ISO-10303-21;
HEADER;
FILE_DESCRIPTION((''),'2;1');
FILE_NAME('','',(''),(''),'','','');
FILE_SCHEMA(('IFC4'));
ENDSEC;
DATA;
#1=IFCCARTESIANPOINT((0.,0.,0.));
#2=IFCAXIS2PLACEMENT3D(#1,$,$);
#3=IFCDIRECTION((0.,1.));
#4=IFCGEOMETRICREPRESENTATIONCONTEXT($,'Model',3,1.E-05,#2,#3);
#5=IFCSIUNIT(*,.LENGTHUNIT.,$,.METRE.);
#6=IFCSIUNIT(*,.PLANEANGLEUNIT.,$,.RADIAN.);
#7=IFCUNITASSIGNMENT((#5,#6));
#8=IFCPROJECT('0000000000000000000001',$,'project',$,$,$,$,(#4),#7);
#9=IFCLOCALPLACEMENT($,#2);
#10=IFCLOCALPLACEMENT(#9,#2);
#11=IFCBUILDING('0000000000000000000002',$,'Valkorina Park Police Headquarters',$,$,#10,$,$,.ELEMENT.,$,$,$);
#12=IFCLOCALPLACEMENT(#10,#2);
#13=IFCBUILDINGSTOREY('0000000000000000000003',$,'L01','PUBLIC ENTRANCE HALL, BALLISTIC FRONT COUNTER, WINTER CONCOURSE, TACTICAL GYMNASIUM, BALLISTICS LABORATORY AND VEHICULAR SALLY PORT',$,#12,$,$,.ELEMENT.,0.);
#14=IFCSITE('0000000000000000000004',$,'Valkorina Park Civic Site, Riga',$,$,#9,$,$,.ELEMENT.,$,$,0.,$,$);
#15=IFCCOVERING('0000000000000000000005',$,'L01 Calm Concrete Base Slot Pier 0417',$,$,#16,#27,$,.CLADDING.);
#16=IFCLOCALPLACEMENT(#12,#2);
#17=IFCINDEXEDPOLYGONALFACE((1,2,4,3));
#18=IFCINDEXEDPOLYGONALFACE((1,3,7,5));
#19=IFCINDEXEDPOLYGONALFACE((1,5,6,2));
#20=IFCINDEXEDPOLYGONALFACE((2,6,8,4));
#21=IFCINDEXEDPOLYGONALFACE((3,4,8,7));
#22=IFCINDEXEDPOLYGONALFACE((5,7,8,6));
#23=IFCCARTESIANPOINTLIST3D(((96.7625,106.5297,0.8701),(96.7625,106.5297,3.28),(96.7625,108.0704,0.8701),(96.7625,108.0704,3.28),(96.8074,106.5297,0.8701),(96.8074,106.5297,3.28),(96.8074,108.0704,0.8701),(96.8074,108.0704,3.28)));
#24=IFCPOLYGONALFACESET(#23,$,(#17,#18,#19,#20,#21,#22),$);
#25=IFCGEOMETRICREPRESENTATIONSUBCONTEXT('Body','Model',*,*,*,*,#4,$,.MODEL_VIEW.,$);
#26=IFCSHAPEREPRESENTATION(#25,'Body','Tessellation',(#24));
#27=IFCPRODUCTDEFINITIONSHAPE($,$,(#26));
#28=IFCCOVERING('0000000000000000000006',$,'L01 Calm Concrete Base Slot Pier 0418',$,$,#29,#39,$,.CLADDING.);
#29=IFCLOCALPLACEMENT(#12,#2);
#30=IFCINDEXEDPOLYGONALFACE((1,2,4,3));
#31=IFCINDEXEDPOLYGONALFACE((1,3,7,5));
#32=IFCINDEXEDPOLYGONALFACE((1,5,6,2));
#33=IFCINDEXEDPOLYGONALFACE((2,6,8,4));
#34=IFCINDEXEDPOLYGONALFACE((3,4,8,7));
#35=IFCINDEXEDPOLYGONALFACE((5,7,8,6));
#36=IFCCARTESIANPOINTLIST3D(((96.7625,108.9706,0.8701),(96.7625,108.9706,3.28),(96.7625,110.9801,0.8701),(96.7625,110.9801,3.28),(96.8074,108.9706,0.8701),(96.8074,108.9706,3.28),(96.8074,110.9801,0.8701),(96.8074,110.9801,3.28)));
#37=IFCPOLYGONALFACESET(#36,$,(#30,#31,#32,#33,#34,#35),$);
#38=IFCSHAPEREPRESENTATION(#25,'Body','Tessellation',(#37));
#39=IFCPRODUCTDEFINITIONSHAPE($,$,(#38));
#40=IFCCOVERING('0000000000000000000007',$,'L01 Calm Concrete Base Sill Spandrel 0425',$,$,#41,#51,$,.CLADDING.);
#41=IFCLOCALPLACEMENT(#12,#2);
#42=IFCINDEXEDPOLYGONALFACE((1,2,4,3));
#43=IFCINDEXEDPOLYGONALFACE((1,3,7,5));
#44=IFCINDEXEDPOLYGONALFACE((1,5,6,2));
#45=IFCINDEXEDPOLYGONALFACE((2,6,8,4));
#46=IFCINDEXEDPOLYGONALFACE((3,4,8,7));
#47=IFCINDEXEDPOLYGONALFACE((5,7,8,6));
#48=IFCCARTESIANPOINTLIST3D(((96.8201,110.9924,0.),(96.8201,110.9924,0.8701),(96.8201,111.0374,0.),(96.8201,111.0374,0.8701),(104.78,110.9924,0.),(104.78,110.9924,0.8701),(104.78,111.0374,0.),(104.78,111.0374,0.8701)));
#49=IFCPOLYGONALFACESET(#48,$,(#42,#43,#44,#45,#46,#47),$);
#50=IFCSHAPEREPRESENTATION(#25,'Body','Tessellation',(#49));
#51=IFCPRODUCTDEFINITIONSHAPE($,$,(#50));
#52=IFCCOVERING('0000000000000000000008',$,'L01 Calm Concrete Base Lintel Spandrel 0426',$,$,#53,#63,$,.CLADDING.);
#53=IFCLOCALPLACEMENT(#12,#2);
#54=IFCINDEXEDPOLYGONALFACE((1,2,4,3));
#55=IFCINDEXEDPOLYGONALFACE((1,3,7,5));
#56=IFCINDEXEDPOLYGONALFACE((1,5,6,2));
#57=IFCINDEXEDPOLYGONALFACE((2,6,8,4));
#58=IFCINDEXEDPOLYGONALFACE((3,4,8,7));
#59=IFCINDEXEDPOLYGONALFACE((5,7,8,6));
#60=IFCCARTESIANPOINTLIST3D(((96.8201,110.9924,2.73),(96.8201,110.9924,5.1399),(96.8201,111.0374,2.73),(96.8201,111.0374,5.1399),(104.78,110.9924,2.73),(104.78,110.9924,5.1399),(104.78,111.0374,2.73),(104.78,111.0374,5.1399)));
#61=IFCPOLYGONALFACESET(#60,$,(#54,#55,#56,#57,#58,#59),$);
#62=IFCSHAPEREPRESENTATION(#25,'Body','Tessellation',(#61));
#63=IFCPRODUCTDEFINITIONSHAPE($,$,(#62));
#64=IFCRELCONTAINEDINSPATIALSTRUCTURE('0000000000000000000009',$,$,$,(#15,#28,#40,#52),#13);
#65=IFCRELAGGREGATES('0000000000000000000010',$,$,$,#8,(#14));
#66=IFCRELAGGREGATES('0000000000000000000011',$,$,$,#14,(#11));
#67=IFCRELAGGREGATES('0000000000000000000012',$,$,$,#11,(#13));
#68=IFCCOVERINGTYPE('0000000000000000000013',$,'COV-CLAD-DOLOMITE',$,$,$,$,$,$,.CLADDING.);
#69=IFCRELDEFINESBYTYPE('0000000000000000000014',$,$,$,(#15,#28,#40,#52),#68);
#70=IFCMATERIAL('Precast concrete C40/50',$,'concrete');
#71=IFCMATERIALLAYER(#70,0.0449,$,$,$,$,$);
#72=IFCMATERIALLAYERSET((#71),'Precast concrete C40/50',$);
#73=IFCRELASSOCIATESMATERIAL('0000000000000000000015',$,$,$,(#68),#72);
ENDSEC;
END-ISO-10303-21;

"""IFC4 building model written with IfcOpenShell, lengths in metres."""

from ifc_helpers import new_model, si_unit, direction, frame, frame_2d, origin, place, context, subcontext, project, spatial, rectangle, extrude, material, layer, layer_set, type_object, element, save


model = new_model("IFC4")

# Units and contexts
model_context = context("Model", 3, precision=1e-05, world=origin(), true_north=direction((0.0, 1.0)))
body_context = subcontext(model_context, "Body", "Model", "MODEL_VIEW")
ifc_project = project(units=[si_unit("LENGTHUNIT", "METRE"), si_unit("PLANEANGLEUNIT", "RADIAN")], contexts=[model_context])

# Site, building, storey
site_placement = place(None, origin())
site = spatial("IfcSite", under=ifc_project, at=site_placement, Name="Valkorina Park Civic Site, Riga", CompositionType="ELEMENT", RefElevation=0.0)
building_placement = place(site_placement, origin())
building = spatial("IfcBuilding", under=site, at=building_placement, Name="Valkorina Park Police Headquarters", CompositionType="ELEMENT")
storey_placement = place(building_placement, origin())
storey = spatial("IfcBuildingStorey", under=building, at=storey_placement, Name="L01", Description="PUBLIC ENTRANCE HALL, BALLISTIC FRONT COUNTER, WINTER CONCOURSE, TACTICAL GYMNASIUM, BALLISTICS LABORATORY AND VEHICULAR SALLY PORT", CompositionType="ELEMENT", Elevation=0.0)

# Coverings
ifc_material_1 = material(Name="Precast concrete C40/50", Category="concrete")
ifc_layer = layer(ifc_material_1, 0.0449)
ifc_layer_set = layer_set([ifc_layer], Name="Precast concrete C40/50")
covering_type = type_object("IfcCoveringType", Name="COV-CLAD-DOLOMITE", PredefinedType="CLADDING", material=ifc_layer_set)
covering_1_placement = place(storey_placement, frame((96.7849, 106.5295, 0.8701), z_axis=(0.0, 0.0, 1.0), x_axis=(0.0, 1.0, 0.0)))
element("IfcCovering", 1, at=covering_1_placement, inside=storey, type_object=covering_type, Name="L01 Calm Concrete Base Slot Pier 0417", PredefinedType="CLADDING", context=body_context, shape_type="SweptSolid", body=[
    extrude(rectangle(XDim=1.5408, YDim=0.0449, at=frame_2d((0.7705, 0.0))), origin(), (0.0, 0.0, 1.0), 2.4099),
])
covering_2_placement = place(storey_placement, frame((96.7849, 108.9705, 0.8701), z_axis=(0.0, 0.0, 1.0), x_axis=(0.0, 1.0, 0.0)))
element("IfcCovering", 2, at=covering_2_placement, inside=storey, type_object=covering_type, Name="L01 Calm Concrete Base Slot Pier 0418", PredefinedType="CLADDING", context=body_context, shape_type="SweptSolid", body=[
    extrude(rectangle(XDim=2.0095, YDim=0.0449, at=frame_2d((1.0049, 0.0))), origin(), (0.0, 0.0, 1.0), 2.4099),
])
covering_3_placement = place(storey_placement, frame((96.8201, 111.0149, 0.0), z_axis=(0.0, 0.0, 1.0), x_axis=(1.0, 0.0, 0.0)))
element("IfcCovering", 3, at=covering_3_placement, inside=storey, type_object=covering_type, Name="L01 Calm Concrete Base Sill Spandrel 0425", PredefinedType="CLADDING", context=body_context, shape_type="SweptSolid", body=[
    extrude(rectangle(XDim=7.96, YDim=0.0449, at=frame_2d((3.98, 0.0))), origin(), (0.0, 0.0, 1.0), 0.8701),
])
covering_4_placement = place(storey_placement, frame((96.8201, 111.0149, 2.73), z_axis=(0.0, 0.0, 1.0), x_axis=(1.0, 0.0, 0.0)))
element("IfcCovering", 4, at=covering_4_placement, inside=storey, type_object=covering_type, Name="L01 Calm Concrete Base Lintel Spandrel 0426", PredefinedType="CLADDING", context=body_context, shape_type="SweptSolid", body=[
    extrude(rectangle(XDim=7.96, YDim=0.0449, at=frame_2d((3.98, 0.0))), origin(), (0.0, 0.0, 1.0), 2.4099),
])

save(model, "model.ifc")
